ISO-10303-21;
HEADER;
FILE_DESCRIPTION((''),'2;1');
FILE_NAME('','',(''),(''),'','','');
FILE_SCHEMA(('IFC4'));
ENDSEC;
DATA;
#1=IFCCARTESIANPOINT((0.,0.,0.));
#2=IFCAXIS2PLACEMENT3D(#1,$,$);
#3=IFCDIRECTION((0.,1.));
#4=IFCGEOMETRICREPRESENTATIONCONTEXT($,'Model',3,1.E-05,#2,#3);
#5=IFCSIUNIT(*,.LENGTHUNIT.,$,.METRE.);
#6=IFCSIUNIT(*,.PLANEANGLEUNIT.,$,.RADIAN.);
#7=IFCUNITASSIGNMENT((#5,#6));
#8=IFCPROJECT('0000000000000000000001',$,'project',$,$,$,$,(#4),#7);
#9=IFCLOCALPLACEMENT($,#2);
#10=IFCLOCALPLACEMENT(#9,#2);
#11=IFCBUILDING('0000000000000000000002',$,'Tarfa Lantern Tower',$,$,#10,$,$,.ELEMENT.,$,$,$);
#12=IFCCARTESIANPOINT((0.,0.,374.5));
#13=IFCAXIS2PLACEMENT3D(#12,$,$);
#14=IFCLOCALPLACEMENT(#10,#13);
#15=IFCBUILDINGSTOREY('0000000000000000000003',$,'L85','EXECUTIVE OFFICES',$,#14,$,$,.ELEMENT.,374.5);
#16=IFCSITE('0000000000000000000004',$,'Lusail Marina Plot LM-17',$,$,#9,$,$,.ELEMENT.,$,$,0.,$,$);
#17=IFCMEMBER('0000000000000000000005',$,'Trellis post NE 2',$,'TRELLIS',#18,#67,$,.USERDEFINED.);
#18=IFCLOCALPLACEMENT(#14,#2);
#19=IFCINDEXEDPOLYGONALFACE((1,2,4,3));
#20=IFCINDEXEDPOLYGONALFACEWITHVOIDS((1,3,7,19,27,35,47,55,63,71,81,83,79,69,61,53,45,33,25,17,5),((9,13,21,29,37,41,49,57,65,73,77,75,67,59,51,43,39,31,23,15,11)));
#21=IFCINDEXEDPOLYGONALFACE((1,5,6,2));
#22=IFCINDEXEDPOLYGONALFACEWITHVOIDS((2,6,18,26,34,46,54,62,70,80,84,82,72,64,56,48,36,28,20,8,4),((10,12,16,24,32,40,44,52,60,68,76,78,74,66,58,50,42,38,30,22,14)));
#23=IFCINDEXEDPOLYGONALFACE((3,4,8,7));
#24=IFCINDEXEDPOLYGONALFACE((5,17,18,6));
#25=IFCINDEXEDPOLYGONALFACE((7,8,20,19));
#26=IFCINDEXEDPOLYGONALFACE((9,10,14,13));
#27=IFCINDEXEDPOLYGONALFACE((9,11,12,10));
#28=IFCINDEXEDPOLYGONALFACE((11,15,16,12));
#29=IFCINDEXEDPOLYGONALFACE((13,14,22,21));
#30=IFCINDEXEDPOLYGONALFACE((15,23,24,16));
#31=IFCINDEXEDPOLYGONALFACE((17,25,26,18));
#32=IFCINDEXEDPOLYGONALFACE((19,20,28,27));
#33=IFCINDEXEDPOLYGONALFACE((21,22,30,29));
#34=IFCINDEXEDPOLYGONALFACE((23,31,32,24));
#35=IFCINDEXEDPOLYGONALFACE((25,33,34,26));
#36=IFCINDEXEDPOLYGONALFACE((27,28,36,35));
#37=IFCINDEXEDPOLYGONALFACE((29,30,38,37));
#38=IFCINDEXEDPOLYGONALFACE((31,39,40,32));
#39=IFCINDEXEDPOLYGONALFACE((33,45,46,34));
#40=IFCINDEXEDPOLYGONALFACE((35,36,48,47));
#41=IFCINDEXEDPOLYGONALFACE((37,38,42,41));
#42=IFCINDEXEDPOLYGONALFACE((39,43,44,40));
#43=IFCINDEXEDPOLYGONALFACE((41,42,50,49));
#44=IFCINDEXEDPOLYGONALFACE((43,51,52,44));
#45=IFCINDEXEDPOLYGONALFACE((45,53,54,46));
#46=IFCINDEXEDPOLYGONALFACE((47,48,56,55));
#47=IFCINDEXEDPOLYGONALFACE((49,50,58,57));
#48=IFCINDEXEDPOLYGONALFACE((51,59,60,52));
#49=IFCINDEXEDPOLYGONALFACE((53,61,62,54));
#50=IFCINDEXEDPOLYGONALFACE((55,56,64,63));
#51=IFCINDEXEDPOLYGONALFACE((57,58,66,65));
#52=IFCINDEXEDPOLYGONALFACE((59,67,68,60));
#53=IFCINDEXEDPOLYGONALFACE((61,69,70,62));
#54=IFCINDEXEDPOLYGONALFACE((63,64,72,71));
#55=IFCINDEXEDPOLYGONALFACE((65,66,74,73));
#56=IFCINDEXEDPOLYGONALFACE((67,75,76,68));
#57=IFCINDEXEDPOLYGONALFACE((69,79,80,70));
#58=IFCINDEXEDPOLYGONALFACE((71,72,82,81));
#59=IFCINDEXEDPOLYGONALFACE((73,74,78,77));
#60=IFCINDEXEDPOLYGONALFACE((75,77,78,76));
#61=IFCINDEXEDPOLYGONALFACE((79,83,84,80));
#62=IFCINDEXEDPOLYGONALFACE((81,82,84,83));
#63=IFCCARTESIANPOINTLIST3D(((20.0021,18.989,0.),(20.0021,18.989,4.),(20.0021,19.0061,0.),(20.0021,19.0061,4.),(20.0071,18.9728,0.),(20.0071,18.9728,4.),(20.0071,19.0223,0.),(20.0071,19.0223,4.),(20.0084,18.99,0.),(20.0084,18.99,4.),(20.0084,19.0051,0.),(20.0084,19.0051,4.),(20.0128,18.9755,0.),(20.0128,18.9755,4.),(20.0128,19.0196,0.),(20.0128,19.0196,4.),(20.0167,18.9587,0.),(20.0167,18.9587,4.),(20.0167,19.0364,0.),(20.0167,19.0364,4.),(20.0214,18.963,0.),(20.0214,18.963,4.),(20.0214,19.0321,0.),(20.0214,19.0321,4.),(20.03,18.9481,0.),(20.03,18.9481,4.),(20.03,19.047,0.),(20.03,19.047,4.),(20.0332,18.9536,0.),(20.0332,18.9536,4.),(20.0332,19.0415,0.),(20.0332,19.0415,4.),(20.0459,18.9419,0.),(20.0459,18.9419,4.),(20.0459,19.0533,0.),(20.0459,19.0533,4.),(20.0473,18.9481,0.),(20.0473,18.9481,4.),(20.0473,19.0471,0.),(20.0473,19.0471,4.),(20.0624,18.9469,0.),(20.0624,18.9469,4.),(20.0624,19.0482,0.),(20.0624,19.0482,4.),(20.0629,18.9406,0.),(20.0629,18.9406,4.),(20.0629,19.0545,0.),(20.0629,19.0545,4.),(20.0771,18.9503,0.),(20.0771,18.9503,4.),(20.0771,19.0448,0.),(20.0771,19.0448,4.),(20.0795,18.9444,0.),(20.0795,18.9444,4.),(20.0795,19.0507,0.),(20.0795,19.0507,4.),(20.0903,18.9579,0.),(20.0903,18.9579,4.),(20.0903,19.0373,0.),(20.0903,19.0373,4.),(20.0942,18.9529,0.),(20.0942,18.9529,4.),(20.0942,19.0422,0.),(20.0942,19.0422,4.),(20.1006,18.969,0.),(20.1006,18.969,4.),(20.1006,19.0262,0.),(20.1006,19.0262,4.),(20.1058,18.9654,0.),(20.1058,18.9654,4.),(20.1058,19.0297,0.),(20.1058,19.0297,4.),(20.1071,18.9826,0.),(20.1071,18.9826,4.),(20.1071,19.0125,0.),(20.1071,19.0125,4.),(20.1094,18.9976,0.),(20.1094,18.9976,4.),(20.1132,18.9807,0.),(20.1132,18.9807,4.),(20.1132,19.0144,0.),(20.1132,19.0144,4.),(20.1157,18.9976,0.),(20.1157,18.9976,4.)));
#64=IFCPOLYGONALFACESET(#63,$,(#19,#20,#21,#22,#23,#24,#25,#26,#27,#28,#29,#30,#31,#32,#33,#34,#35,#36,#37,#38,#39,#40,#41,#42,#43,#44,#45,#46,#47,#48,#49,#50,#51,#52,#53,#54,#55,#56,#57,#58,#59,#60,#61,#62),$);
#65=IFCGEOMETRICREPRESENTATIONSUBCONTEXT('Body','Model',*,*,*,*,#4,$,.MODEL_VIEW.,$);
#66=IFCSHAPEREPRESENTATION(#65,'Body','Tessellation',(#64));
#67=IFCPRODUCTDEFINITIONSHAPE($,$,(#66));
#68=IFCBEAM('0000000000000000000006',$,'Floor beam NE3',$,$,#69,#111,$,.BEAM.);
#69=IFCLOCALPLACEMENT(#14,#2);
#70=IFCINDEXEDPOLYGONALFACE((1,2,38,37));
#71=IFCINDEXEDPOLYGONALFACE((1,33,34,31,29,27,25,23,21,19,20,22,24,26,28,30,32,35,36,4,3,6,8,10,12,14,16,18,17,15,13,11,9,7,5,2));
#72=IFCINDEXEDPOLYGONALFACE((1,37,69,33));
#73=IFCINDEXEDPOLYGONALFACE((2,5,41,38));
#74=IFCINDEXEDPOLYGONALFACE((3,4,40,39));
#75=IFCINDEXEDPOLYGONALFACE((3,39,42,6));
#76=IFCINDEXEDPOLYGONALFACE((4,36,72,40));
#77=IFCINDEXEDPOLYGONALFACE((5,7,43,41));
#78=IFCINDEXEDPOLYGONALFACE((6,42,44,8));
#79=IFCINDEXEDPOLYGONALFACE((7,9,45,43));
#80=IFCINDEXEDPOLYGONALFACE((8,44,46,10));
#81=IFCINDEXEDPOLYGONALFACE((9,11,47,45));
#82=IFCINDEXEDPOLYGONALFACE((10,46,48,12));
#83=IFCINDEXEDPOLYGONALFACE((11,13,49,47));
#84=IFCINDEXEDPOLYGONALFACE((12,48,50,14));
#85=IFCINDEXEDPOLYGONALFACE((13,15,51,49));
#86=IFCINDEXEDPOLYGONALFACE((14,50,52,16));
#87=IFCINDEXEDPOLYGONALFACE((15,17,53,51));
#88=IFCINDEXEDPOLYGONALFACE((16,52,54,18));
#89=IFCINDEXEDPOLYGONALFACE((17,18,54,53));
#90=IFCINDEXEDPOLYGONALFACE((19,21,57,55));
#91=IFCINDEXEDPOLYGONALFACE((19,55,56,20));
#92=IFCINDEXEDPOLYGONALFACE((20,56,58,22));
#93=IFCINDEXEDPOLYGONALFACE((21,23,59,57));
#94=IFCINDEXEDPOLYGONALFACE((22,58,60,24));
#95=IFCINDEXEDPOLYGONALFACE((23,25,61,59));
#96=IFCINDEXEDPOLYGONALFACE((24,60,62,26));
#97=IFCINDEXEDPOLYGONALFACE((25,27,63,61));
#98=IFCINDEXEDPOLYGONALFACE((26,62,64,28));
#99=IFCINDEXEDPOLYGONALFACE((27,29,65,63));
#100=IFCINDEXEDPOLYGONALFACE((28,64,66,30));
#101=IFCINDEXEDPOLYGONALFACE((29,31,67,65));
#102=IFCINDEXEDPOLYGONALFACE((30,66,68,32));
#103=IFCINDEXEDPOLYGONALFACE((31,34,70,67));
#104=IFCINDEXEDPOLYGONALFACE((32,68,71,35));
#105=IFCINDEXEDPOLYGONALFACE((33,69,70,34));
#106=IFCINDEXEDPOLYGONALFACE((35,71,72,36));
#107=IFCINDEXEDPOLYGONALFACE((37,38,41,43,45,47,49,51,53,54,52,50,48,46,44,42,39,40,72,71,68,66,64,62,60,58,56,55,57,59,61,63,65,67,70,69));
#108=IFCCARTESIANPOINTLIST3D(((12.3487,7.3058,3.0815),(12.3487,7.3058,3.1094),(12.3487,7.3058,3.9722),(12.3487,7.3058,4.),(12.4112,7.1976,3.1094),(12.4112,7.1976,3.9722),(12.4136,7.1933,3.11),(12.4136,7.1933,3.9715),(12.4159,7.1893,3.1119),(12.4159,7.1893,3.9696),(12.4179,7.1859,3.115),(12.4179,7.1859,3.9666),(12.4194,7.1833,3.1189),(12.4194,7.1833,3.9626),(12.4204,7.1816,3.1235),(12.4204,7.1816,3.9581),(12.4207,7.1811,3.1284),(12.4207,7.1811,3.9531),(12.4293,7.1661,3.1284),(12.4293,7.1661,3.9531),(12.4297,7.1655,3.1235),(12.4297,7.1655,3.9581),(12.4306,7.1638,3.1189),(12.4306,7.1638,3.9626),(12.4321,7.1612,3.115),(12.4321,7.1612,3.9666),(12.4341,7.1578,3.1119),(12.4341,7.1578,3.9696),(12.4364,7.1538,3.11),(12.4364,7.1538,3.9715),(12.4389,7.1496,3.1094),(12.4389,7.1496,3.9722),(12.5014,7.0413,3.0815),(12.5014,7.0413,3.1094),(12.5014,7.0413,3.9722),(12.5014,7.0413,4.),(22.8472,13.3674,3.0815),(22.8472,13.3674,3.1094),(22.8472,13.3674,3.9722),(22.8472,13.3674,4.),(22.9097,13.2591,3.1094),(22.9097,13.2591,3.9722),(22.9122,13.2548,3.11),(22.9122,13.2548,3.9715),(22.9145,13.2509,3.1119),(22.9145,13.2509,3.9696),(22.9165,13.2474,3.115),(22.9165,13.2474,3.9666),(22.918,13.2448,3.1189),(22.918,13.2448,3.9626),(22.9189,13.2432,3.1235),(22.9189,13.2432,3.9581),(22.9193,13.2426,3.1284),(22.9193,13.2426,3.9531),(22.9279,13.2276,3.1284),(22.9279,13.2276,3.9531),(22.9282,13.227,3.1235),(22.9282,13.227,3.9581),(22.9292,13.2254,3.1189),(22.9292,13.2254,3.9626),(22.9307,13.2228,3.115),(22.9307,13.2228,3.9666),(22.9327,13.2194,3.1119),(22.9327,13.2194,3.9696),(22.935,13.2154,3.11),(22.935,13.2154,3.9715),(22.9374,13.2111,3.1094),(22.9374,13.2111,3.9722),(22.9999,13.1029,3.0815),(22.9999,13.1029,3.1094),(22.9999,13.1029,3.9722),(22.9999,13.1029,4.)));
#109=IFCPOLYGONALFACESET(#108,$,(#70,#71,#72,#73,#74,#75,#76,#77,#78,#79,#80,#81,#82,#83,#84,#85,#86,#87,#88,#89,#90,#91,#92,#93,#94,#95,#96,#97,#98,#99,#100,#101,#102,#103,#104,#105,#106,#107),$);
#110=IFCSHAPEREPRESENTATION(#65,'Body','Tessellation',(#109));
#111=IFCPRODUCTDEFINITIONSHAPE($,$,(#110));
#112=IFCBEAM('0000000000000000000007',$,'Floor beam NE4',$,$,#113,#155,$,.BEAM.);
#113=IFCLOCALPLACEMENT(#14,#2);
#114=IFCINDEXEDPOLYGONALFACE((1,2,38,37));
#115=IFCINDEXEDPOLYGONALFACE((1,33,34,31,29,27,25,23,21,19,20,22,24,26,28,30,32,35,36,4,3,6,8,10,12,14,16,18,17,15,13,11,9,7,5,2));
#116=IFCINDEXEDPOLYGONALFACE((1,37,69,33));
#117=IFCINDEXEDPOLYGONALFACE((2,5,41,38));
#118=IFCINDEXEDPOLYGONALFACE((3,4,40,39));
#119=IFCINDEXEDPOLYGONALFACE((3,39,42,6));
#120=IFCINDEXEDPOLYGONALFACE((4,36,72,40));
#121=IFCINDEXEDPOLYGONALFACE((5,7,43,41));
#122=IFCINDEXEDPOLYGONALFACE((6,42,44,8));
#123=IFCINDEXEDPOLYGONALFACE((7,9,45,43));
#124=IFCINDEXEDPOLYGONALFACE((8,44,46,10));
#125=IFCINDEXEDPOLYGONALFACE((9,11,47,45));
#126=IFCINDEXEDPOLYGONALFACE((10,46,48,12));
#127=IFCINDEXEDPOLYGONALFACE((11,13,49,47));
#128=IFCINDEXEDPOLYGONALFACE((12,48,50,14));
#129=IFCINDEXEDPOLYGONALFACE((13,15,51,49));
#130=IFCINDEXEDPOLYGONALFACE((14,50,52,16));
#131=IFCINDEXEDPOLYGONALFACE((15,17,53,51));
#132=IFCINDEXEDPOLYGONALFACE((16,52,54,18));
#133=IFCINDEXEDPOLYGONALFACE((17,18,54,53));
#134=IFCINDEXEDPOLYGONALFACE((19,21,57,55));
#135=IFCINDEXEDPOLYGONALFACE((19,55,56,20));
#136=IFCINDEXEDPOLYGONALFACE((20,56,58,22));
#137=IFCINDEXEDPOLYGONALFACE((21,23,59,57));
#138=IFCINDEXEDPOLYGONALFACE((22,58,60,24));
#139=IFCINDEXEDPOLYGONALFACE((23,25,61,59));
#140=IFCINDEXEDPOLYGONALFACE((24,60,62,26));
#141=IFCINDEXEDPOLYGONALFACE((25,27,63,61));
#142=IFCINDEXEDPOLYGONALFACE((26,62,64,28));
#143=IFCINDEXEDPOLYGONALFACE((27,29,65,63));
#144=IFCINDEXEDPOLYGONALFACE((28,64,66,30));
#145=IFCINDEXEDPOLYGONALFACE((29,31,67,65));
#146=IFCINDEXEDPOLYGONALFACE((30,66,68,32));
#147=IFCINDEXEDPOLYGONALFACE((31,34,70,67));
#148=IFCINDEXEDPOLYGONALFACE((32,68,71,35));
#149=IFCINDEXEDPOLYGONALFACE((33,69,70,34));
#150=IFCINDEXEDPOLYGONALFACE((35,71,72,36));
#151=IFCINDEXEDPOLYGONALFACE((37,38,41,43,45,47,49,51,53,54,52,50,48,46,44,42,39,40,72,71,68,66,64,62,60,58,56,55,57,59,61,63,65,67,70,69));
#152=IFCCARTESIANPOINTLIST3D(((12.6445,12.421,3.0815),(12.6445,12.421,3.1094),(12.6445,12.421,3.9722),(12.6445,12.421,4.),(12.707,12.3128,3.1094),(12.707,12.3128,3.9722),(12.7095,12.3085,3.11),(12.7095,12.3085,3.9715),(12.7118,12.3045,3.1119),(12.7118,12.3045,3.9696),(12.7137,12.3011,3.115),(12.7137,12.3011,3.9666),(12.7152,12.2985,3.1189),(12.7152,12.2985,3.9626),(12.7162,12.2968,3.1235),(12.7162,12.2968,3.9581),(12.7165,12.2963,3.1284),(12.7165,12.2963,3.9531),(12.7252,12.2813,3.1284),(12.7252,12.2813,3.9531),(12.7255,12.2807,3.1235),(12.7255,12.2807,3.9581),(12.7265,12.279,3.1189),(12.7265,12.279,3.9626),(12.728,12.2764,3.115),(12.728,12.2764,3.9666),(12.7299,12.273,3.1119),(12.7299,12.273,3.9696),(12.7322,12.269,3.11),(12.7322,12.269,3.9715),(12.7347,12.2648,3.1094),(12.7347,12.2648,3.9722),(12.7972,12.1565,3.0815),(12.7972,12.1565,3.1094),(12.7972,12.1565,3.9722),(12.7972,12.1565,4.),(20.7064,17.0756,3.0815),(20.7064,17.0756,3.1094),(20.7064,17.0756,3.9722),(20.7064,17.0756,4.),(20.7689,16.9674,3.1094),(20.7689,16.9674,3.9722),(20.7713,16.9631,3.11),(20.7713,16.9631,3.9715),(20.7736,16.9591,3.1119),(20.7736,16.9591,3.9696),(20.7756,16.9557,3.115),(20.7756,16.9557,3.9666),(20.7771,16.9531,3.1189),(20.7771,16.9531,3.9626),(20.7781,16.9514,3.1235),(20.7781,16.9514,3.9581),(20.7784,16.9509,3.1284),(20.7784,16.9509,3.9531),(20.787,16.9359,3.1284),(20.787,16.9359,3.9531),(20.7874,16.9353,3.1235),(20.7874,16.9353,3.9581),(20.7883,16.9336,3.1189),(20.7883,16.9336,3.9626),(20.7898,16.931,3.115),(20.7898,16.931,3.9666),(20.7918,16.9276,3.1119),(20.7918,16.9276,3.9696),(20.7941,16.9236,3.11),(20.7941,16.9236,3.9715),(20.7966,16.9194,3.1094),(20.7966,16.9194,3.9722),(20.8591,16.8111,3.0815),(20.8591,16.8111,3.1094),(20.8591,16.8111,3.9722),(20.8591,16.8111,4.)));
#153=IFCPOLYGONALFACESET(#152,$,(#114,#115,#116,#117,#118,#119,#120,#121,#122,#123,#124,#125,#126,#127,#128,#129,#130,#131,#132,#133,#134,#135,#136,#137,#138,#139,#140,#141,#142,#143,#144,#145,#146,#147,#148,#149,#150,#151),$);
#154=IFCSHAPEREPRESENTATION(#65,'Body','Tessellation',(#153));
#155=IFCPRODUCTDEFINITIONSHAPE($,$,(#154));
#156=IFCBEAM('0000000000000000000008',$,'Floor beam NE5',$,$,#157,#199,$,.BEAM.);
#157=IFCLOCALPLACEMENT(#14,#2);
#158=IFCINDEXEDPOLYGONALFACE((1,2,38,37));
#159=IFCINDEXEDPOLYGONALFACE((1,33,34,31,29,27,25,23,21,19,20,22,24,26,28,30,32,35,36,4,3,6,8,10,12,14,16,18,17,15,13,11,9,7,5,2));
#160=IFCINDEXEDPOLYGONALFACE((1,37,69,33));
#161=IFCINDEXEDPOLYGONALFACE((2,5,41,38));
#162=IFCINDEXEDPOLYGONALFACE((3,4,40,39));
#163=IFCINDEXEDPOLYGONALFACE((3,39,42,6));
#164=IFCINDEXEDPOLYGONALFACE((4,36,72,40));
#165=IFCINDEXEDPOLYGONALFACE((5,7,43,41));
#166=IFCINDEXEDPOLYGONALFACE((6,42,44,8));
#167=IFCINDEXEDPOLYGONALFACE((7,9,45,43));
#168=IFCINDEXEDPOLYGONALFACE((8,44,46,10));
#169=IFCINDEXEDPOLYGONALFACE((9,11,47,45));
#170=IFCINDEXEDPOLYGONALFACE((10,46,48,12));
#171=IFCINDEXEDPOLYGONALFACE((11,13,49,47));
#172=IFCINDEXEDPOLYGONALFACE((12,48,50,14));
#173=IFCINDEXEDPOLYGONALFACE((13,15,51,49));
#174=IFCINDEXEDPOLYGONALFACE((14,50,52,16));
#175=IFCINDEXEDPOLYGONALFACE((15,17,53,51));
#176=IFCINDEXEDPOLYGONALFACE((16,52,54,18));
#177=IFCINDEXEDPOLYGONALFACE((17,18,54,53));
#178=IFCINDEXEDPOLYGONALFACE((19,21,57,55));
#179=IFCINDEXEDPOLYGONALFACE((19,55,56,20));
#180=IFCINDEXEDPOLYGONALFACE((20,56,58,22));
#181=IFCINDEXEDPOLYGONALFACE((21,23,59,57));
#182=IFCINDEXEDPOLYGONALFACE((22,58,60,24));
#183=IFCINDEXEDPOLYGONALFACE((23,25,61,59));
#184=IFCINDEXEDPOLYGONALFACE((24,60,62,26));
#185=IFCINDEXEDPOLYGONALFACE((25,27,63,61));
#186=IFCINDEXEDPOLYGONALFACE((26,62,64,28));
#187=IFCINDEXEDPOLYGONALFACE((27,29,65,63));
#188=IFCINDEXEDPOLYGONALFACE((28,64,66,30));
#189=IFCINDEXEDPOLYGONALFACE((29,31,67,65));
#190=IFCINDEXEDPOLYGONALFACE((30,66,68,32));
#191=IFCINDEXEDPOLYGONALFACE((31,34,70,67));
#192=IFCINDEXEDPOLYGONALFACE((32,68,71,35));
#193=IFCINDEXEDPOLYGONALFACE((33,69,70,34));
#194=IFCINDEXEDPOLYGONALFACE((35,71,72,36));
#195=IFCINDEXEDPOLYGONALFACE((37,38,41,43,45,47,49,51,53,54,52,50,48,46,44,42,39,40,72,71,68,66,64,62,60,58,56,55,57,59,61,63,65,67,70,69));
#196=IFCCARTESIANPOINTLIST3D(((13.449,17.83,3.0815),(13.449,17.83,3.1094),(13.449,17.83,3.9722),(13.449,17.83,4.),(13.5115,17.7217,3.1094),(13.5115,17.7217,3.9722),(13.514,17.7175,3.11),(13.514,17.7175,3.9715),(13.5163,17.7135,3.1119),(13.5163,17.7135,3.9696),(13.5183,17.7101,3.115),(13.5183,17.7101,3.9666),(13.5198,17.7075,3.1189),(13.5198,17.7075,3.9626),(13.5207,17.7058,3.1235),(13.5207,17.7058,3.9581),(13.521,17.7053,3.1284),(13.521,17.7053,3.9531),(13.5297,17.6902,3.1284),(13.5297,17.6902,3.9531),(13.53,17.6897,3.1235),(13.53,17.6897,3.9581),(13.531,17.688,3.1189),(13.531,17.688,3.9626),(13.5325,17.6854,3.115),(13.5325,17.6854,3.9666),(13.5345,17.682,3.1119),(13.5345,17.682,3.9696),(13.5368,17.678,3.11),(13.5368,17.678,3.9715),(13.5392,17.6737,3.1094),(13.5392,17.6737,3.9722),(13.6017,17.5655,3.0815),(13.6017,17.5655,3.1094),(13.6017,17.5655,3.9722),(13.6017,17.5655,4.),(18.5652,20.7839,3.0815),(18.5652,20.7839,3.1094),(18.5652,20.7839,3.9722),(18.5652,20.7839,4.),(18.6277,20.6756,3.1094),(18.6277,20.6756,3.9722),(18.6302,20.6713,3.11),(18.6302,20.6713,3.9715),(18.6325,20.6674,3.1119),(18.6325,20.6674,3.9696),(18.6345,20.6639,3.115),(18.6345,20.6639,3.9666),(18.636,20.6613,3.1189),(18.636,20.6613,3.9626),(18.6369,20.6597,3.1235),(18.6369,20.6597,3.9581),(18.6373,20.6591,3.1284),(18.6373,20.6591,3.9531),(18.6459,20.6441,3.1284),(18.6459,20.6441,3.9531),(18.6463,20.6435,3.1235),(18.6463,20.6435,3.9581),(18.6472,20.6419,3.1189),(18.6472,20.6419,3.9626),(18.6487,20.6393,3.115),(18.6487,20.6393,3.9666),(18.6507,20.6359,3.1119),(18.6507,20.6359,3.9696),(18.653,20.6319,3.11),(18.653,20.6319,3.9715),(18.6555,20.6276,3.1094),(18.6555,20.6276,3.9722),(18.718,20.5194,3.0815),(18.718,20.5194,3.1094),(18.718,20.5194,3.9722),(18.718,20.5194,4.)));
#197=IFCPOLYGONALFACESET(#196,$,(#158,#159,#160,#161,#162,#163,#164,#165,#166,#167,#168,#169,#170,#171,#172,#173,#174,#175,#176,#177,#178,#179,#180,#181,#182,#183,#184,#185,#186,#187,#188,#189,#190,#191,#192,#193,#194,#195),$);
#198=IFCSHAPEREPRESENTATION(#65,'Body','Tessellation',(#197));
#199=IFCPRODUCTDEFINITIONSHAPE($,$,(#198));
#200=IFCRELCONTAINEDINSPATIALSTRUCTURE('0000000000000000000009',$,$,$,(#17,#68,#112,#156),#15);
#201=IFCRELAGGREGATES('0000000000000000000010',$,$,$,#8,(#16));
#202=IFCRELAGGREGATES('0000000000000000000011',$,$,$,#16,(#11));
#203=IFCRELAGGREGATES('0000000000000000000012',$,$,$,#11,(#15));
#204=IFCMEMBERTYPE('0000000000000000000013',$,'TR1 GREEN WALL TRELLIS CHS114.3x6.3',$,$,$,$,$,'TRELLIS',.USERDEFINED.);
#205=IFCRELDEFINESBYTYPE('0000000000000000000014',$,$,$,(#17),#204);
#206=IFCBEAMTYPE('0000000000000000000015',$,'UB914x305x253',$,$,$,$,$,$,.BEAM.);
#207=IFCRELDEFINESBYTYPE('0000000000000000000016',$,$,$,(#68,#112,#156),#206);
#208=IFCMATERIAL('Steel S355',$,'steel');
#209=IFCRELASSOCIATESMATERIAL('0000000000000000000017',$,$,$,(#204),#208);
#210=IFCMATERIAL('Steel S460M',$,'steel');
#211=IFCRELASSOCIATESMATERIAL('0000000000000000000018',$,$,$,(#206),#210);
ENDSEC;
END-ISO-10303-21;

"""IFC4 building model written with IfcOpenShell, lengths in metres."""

from ifc_helpers import new_model, si_unit, direction, frame, origin, origin_2d, place, context, subcontext, project, spatial, hollow_circle, i_section, extrude, material, material_profile, profile_set, type_object, element, save


model = new_model("IFC4")

# Units and contexts
model_context = context("Model", 3, precision=1e-05, world=origin(), true_north=direction((0.0, 1.0)))
body_context = subcontext(model_context, "Body", "Model", "MODEL_VIEW")
ifc_project = project(units=[si_unit("LENGTHUNIT", "METRE"), si_unit("PLANEANGLEUNIT", "RADIAN")], contexts=[model_context])

# Site, building, storey
site_placement = place(None, origin())
site = spatial("IfcSite", under=ifc_project, at=site_placement, Name="Lusail Marina Plot LM-17", CompositionType="ELEMENT", RefElevation=0.0)
building_placement = place(site_placement, origin())
building = spatial("IfcBuilding", under=site, at=building_placement, Name="Tarfa Lantern Tower", CompositionType="ELEMENT")
storey_placement = place(building_placement, frame((0.0, 0.0, 374.5)))
storey = spatial("IfcBuildingStorey", under=building, at=storey_placement, Name="L85", Description="EXECUTIVE OFFICES", CompositionType="ELEMENT", Elevation=374.5)

# Member
ifc_material_1 = material(Name="Steel S355", Category="steel")
ifc_material_profile_1 = material_profile(ifc_material_1, hollow_circle(Radius=0.0571, WallThickness=0.0063, at=origin_2d()), Name="CHS114.3x6.3")
ifc_profile_set_1 = profile_set([ifc_material_profile_1], Name="Steel S355")
member_type_1 = type_object("IfcMemberType", Name="TR1 GREEN WALL TRELLIS CHS114.3x6.3", ElementType="TRELLIS", PredefinedType="USERDEFINED", material=ifc_profile_set_1)
member_1_placement = place(storey_placement, frame((20.0586, 18.9976, 0.0), z_axis=(0.0, 0.0, 1.0), x_axis=(1.0, 0.0, 0.0)))
element("IfcMember", 1, at=member_1_placement, inside=storey, type_object=member_type_1, Name="Trellis post NE 2", ObjectType="TRELLIS", PredefinedType="USERDEFINED", context=body_context, shape_type="SweptSolid", body=[
    extrude(hollow_circle(Radius=0.0571, WallThickness=0.0063, at=origin_2d()), origin(), (0.0, 0.0, 1.0), 4.0),
])

# Beams
ifc_material_2 = material(Name="Steel S460M", Category="steel")
ifc_material_profile_2 = material_profile(ifc_material_2, i_section(OverallWidth=0.3054, OverallDepth=0.9185, WebThickness=0.0173, FlangeThickness=0.0278, FilletRadius=0.019, at=origin_2d()), Name="UB914x305x253")
ifc_profile_set_2 = profile_set([ifc_material_profile_2], Name="Steel S460M")
beam_type_1 = type_object("IfcBeamType", Name="UB914x305x253", PredefinedType="BEAM", material=ifc_profile_set_2)
beam_1_placement = place(storey_placement, frame((22.9236, 13.2351, 3.5408), z_axis=(-0.866019, -0.500012, 0.0), x_axis=(0.500012, -0.866019, 0.0)))
element("IfcBeam", 2, at=beam_1_placement, inside=storey, type_object=beam_type_1, Name="Floor beam NE3", PredefinedType="BEAM", context=body_context, shape_type="SweptSolid", body=[
    extrude(i_section(OverallWidth=0.3054, OverallDepth=0.9185, WebThickness=0.0173, FlangeThickness=0.0278, FilletRadius=0.019, at=origin_2d()), origin(), (0.0, 0.0, 1.0), 12.1228),
])
beam_2_placement = place(storey_placement, frame((20.7827, 16.9434, 3.5408), z_axis=(-0.866022, -0.500006, 0.0), x_axis=(0.500006, -0.866022, 0.0)))
element("IfcBeam", 3, at=beam_2_placement, inside=storey, type_object=beam_type_1, Name="Floor beam NE4", PredefinedType="BEAM", context=body_context, shape_type="SweptSolid", body=[
    extrude(i_section(OverallWidth=0.3054, OverallDepth=0.9185, WebThickness=0.0173, FlangeThickness=0.0278, FilletRadius=0.019, at=origin_2d()), origin(), (0.0, 0.0, 1.0), 9.3091),
])
beam_3_placement = place(storey_placement, frame((18.6416, 20.6516, 3.5408), z_axis=(-0.866025, -0.500001, 0.0), x_axis=(0.500001, -0.866025, 0.0)))
element("IfcBeam", 4, at=beam_3_placement, inside=storey, type_object=beam_type_1, Name="Floor beam NE5", PredefinedType="BEAM", context=body_context, shape_type="SweptSolid", body=[
    extrude(i_section(OverallWidth=0.3054, OverallDepth=0.9185, WebThickness=0.0173, FlangeThickness=0.0278, FilletRadius=0.019, at=origin_2d()), origin(), (0.0, 0.0, 1.0), 5.9077),
])

save(model, "model.ifc")
